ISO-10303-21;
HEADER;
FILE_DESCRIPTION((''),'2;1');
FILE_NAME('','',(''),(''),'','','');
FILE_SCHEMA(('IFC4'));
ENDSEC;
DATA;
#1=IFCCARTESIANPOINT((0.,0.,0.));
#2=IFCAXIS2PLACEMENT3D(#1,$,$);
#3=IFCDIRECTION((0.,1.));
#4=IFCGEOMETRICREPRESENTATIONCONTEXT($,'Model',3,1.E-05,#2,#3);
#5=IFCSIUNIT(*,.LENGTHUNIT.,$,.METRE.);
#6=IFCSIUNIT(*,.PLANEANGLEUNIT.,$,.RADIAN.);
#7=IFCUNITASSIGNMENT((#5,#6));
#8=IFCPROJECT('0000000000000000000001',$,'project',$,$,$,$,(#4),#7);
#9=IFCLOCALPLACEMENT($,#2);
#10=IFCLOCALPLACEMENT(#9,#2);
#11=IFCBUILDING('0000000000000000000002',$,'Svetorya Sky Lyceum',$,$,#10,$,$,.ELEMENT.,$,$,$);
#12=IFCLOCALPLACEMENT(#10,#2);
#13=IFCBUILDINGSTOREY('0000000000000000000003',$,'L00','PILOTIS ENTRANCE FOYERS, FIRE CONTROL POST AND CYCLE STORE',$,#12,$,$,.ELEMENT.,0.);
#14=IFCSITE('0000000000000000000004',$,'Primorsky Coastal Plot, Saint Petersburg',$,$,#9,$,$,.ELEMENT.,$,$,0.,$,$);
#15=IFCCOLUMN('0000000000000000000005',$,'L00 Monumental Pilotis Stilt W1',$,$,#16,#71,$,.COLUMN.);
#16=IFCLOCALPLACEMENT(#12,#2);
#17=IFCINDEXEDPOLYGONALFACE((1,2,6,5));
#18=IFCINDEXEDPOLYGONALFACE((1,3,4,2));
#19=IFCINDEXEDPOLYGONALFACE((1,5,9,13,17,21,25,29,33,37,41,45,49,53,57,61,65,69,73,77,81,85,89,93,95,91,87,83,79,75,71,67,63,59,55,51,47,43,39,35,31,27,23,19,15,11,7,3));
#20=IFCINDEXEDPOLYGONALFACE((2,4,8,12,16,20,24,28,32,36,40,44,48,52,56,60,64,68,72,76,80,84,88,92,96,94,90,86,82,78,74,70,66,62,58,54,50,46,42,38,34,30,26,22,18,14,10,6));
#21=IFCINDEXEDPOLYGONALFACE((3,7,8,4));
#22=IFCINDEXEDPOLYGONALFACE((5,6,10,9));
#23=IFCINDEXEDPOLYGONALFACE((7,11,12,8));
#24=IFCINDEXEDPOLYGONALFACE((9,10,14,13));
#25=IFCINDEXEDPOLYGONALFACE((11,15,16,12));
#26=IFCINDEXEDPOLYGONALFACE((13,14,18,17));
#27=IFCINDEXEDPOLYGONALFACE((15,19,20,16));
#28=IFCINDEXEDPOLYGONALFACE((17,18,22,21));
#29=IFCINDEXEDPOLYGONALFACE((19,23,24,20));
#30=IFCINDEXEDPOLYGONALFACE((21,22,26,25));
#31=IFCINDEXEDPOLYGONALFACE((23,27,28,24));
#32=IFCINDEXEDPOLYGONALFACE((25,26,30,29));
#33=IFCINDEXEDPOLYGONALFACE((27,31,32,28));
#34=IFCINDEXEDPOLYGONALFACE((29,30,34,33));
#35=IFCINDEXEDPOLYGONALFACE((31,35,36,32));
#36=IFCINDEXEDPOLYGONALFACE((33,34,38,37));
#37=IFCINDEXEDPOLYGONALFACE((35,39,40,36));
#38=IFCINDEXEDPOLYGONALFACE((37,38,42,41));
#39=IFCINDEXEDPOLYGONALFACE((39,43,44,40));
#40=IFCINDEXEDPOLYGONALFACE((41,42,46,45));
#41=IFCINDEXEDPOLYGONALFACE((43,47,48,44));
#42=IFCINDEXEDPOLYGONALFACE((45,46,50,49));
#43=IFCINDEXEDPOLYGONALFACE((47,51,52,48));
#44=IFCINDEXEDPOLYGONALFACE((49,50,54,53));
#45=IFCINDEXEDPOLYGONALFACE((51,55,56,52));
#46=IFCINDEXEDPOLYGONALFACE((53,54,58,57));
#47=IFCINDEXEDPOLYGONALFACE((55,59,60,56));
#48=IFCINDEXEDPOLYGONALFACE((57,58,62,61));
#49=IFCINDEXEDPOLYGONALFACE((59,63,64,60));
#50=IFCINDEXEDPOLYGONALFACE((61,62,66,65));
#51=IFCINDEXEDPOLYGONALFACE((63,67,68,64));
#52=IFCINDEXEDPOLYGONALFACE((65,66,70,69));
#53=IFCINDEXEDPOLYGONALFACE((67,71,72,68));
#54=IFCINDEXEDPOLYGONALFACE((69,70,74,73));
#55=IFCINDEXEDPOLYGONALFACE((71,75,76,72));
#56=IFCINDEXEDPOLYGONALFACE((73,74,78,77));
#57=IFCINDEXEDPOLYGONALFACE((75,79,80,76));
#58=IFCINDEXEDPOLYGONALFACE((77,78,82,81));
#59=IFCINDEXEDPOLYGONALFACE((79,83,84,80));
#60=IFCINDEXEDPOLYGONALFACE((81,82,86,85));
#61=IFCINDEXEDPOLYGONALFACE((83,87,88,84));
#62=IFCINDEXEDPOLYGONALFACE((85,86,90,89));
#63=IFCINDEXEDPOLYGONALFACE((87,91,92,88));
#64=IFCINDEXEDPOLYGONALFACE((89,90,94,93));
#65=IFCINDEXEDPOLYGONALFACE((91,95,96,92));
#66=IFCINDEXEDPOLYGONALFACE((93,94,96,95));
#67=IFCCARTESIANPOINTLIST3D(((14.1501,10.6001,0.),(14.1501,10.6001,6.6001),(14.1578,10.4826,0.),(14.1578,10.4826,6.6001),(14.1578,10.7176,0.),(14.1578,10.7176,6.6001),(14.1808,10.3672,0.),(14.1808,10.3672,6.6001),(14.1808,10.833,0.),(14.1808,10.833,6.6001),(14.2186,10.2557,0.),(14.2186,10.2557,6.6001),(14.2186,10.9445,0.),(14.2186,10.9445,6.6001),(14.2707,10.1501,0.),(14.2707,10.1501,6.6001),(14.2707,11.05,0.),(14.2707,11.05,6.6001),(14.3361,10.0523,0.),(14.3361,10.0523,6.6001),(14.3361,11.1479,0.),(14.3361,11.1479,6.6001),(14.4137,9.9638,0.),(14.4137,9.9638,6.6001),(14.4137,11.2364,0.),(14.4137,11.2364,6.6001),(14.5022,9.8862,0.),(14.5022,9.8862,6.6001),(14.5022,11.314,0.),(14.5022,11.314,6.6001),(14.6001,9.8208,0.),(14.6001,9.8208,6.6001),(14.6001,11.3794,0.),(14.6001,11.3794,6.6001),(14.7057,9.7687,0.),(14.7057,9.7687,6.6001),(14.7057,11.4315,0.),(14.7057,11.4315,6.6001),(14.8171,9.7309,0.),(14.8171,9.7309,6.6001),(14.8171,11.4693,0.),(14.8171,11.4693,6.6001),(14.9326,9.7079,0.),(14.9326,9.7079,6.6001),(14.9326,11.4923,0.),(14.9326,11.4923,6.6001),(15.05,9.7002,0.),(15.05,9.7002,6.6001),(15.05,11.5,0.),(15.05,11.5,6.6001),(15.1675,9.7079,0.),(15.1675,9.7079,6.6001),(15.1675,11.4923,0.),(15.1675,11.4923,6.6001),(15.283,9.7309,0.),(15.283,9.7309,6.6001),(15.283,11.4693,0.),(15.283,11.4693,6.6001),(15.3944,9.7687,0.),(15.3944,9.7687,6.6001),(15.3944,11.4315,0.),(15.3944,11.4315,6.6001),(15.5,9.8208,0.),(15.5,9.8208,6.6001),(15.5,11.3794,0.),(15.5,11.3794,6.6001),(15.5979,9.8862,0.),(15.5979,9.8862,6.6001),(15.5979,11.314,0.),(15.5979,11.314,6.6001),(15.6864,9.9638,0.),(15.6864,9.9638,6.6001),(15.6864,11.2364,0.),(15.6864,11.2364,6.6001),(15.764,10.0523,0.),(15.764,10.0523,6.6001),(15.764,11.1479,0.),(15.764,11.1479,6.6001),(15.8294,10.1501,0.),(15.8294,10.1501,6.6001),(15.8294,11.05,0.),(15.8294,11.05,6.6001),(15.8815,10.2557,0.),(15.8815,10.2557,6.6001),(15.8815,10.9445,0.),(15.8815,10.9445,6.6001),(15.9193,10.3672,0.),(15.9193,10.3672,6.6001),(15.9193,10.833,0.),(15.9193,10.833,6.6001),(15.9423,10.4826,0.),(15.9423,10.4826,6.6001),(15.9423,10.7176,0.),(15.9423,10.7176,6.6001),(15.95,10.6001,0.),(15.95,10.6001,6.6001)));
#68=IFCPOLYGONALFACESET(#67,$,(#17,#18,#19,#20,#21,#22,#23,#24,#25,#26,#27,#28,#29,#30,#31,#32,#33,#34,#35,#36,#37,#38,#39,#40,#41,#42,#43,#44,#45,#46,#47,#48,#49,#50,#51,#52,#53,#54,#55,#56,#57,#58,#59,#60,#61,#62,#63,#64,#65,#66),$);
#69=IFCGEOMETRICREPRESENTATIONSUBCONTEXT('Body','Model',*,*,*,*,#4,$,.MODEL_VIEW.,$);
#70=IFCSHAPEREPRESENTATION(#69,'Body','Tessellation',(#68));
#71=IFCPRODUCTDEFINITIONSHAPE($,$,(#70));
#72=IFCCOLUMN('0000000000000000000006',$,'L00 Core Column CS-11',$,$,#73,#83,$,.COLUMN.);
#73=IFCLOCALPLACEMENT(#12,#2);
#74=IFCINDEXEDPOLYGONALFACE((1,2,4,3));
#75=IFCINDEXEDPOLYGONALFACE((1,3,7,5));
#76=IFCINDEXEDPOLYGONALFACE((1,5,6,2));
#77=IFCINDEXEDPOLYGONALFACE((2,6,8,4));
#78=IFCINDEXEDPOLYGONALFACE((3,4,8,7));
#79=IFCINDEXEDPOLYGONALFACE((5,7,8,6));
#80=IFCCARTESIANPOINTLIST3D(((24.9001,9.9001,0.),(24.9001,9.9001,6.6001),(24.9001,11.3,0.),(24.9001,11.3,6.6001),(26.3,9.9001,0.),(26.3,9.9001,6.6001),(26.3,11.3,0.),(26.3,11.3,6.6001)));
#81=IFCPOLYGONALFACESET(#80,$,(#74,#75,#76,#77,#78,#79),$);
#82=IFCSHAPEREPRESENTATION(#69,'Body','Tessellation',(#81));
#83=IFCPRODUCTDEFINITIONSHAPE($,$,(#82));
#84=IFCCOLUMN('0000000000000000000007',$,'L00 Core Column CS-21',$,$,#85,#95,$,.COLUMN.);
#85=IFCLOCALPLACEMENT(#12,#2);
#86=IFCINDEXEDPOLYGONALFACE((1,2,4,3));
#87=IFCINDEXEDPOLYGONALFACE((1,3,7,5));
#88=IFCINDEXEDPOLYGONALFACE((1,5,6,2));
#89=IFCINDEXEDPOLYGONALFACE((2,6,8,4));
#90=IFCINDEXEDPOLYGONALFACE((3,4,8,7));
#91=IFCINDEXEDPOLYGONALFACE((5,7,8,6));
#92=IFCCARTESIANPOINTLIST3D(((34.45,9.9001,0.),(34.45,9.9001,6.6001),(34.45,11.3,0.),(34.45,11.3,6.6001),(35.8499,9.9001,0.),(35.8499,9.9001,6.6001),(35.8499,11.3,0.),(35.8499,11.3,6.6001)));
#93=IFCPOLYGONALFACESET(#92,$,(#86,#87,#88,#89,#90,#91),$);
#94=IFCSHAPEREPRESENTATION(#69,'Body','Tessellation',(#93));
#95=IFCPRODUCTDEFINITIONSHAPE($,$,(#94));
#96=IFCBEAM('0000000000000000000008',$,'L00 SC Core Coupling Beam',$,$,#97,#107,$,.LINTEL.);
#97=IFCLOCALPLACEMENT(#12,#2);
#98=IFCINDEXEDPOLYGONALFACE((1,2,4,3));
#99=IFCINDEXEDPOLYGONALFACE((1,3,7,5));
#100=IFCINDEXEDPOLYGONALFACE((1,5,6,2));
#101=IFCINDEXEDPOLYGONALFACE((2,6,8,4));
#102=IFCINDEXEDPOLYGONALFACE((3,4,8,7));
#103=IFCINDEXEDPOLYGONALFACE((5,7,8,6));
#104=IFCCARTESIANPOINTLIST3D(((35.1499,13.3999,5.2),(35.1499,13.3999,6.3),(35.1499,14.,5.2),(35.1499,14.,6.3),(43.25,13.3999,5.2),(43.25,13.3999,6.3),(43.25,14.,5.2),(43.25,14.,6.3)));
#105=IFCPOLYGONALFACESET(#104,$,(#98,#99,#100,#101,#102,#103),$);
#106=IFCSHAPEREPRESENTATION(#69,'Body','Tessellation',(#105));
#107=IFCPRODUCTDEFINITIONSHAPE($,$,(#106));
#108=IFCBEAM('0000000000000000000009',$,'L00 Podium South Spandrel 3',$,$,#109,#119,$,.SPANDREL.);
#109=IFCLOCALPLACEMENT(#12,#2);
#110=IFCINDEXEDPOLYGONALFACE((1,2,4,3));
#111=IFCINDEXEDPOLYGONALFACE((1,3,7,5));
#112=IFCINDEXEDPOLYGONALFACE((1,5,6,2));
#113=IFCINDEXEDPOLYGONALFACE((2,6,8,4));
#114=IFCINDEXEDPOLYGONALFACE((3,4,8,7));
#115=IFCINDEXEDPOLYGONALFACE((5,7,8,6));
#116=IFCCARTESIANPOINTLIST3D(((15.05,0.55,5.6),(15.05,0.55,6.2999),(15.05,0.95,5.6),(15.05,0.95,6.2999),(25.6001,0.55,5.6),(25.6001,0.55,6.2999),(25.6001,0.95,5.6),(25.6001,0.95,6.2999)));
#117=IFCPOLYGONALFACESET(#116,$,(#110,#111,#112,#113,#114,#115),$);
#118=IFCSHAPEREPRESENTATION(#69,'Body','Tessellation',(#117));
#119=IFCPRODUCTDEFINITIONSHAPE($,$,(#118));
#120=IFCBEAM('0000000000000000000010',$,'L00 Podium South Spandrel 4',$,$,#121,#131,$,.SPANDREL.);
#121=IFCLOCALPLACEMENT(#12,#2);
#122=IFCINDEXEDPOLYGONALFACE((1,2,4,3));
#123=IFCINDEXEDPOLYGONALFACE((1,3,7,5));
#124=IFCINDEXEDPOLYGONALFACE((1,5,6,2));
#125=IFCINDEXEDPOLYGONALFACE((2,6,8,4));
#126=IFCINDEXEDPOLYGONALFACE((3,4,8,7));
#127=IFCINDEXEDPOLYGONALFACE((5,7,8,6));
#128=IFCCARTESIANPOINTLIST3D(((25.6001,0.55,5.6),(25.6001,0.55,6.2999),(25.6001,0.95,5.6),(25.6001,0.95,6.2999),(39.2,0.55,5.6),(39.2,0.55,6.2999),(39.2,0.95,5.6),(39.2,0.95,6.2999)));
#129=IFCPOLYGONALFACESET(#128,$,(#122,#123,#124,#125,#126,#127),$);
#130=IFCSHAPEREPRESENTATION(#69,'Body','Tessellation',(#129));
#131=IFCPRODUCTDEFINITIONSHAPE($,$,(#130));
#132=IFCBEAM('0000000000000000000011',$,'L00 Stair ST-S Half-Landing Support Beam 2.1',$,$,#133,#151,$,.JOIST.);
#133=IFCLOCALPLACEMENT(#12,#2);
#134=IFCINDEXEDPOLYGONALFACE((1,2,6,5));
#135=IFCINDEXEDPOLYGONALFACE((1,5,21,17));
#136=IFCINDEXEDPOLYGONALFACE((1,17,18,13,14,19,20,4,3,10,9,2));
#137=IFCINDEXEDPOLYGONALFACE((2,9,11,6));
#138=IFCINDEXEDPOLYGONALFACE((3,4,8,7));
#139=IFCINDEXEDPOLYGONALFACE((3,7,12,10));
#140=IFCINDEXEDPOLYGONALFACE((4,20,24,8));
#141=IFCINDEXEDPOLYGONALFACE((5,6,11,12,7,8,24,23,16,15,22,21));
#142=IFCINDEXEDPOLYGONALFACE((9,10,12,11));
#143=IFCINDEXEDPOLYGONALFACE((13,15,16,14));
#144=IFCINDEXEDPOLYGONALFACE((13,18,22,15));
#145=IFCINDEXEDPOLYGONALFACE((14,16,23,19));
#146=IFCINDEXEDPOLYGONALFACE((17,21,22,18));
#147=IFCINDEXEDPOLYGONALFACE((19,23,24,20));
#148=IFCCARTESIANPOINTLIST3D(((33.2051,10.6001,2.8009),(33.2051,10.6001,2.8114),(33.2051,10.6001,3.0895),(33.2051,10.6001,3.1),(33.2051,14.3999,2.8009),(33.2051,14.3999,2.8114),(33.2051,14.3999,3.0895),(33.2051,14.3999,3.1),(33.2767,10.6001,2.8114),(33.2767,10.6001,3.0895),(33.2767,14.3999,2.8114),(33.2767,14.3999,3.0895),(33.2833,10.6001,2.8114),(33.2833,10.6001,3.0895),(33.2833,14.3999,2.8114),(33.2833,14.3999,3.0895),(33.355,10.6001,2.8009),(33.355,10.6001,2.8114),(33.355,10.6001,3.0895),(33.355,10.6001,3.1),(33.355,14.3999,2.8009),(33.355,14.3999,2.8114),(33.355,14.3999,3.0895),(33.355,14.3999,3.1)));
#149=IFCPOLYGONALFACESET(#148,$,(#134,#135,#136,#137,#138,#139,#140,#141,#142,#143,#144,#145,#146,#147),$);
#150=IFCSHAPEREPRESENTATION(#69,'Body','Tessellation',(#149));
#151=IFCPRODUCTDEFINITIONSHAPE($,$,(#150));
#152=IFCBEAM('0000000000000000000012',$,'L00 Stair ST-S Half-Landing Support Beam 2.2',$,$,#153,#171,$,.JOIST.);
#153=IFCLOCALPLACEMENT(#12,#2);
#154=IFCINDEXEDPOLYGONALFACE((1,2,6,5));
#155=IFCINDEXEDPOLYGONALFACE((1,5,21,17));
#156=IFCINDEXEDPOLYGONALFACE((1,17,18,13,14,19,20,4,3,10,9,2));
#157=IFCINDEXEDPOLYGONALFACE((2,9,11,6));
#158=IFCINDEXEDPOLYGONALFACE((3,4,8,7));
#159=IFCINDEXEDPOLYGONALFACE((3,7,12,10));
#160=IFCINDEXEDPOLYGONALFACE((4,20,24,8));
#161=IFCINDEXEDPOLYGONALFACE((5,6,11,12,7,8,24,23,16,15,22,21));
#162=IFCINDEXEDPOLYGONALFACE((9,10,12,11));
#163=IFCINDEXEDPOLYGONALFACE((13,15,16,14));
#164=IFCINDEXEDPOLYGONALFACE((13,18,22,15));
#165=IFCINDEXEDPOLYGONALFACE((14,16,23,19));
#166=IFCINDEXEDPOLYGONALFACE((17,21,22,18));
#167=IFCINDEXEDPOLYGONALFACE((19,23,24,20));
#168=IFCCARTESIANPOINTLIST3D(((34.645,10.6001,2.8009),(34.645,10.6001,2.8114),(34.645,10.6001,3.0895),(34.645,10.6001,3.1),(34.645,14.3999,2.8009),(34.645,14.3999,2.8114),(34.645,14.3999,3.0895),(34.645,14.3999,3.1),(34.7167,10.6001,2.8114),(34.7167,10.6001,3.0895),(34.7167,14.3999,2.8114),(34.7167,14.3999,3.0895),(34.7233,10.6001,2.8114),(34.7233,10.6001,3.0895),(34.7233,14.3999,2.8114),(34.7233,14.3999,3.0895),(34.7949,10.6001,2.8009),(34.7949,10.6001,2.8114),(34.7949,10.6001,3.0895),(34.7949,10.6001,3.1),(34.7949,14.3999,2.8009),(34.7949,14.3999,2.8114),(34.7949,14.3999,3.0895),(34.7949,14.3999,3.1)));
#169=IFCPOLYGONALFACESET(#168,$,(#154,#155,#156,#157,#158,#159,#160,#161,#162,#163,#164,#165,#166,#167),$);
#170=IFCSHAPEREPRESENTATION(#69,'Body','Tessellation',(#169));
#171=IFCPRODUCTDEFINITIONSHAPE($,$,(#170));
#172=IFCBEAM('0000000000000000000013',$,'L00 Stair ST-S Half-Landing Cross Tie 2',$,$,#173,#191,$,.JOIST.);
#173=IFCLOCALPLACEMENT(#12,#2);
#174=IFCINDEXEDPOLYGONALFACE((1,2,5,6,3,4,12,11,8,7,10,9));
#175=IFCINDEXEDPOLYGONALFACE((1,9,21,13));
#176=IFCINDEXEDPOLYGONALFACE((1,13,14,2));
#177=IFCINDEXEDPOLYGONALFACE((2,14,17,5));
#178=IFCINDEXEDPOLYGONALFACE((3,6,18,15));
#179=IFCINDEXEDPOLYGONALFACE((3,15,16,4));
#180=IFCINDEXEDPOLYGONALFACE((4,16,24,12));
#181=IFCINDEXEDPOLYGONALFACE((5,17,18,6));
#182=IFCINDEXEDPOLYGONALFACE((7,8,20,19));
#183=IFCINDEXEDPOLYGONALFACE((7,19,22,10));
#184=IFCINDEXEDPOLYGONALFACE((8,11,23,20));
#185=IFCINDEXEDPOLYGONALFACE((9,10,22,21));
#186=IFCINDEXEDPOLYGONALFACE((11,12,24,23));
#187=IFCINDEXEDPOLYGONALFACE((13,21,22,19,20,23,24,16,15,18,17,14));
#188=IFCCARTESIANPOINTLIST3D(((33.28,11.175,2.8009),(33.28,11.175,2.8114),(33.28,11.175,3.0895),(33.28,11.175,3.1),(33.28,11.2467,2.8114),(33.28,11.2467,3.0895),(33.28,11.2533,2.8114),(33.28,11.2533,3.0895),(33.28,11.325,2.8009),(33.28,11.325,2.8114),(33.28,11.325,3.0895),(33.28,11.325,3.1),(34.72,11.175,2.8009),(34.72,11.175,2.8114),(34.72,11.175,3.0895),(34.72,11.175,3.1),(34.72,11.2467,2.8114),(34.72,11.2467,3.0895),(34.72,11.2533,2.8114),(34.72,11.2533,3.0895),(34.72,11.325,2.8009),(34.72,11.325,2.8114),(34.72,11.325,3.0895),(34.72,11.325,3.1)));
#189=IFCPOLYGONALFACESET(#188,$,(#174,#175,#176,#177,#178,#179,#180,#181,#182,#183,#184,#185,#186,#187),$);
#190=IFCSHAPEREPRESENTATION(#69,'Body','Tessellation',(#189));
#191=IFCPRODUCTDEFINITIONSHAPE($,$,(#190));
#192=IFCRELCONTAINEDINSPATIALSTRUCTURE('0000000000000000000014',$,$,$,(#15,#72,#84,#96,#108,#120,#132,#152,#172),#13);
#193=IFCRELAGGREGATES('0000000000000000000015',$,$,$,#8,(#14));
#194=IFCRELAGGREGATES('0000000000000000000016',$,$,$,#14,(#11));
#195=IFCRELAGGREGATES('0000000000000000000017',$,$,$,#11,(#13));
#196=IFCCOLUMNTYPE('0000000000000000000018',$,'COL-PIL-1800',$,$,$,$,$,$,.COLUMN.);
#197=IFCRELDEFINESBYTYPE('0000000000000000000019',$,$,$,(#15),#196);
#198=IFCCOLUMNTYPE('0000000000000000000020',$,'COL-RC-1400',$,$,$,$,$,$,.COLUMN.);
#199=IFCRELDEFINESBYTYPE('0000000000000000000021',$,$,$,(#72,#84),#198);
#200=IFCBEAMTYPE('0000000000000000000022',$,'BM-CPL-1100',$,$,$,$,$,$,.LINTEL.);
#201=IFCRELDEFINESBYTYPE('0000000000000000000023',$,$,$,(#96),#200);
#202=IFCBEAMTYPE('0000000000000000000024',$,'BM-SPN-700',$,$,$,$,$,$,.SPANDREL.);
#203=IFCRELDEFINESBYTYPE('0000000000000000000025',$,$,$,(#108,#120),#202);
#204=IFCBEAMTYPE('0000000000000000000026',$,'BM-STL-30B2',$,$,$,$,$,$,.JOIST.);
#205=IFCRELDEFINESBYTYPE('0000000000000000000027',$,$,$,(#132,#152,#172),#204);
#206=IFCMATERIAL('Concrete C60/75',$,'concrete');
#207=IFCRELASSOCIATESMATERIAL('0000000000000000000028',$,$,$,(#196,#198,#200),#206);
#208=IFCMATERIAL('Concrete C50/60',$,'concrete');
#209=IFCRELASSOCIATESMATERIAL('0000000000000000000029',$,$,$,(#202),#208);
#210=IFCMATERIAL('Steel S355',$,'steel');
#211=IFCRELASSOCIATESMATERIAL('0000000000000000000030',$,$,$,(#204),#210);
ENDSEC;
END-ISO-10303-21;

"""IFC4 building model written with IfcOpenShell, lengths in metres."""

from ifc_helpers import new_model, si_unit, direction, frame, origin, origin_2d, place, context, subcontext, project, spatial, rectangle, circle, i_section, extrude, material, material_profile, profile_set, type_object, element, save


model = new_model("IFC4")

# Units and contexts
model_context = context("Model", 3, precision=1e-05, world=origin(), true_north=direction((0.0, 1.0)))
body_context = subcontext(model_context, "Body", "Model", "MODEL_VIEW")
ifc_project = project(units=[si_unit("LENGTHUNIT", "METRE"), si_unit("PLANEANGLEUNIT", "RADIAN")], contexts=[model_context])

# Site, building, storey
site_placement = place(None, origin())
site = spatial("IfcSite", under=ifc_project, at=site_placement, Name="Primorsky Coastal Plot, Saint Petersburg", CompositionType="ELEMENT", RefElevation=0.0)
building_placement = place(site_placement, origin())
building = spatial("IfcBuilding", under=site, at=building_placement, Name="Svetorya Sky Lyceum", CompositionType="ELEMENT")
storey_placement = place(building_placement, origin())
storey = spatial("IfcBuildingStorey", under=building, at=storey_placement, Name="L00", Description="PILOTIS ENTRANCE FOYERS, FIRE CONTROL POST AND CYCLE STORE", CompositionType="ELEMENT", Elevation=0.0)

# Columns
ifc_material_1 = material(Name="Concrete C60/75", Category="concrete")
ifc_material_profile_1 = material_profile(ifc_material_1, circle(Radius=0.8999, at=origin_2d()), Name="RC PILOTI D1800")
ifc_profile_set_1 = profile_set([ifc_material_profile_1], Name="Concrete C60/75")
column_type_1 = type_object("IfcColumnType", Name="COL-PIL-1800", PredefinedType="COLUMN", material=ifc_profile_set_1)
for number, where, z_axis, x_axis, name in (
    (1, (15.05, 10.6001, 0.0), (0.0, 0.0, 1.0), (1.0, 0.0, 0.0), "L00 Monumental Pilotis Stilt W1"),
):
    element("IfcColumn", number, at=place(storey_placement, frame(where, z_axis=z_axis, x_axis=x_axis)), inside=storey, type_object=column_type_1, Name=name, PredefinedType="COLUMN", context=body_context, shape_type="SweptSolid", body=[
        extrude(circle(Radius=0.8999, at=origin_2d()), origin(), (0.0, 0.0, 1.0), 6.6001),
    ])
ifc_material_profile_2 = material_profile(ifc_material_1, rectangle(XDim=1.3999, YDim=1.3999, at=origin_2d()), Name="RC COL 1400x1400")
ifc_profile_set_2 = profile_set([ifc_material_profile_2], Name="Concrete C60/75")
column_type_2 = type_object("IfcColumnType", Name="COL-RC-1400", PredefinedType="COLUMN", material=ifc_profile_set_2)
for number, where, z_axis, x_axis, name in (
    (2, (25.6001, 10.6001, 0.0), (0.0, 0.0, 1.0), (1.0, 0.0, 0.0), "L00 Core Column CS-11"),
    (3, (35.1499, 10.6001, 0.0), (0.0, 0.0, 1.0), (1.0, 0.0, 0.0), "L00 Core Column CS-21"),
):
    element("IfcColumn", number, at=place(storey_placement, frame(where, z_axis=z_axis, x_axis=x_axis)), inside=storey, type_object=column_type_2, Name=name, PredefinedType="COLUMN", context=body_context, shape_type="SweptSolid", body=[
        extrude(rectangle(XDim=1.3999, YDim=1.3999, at=origin_2d()), origin(), (0.0, 0.0, 1.0), 6.6001),
    ])

# Beams
ifc_material_profile_3 = material_profile(ifc_material_1, rectangle(XDim=0.6001, YDim=1.1001, at=origin_2d()), Name="RC COUPLING 600x1100")
ifc_profile_set_3 = profile_set([ifc_material_profile_3], Name="Concrete C60/75")
beam_type_1 = type_object("IfcBeamType", Name="BM-CPL-1100", PredefinedType="LINTEL", material=ifc_profile_set_3)
beam_1_placement = place(storey_placement, frame((35.1499, 13.7, 5.75), z_axis=(1.0, 0.0, 0.0), x_axis=(0.0, 1.0, 0.0)))
element("IfcBeam", 4, at=beam_1_placement, inside=storey, type_object=beam_type_1, Name="L00 SC Core Coupling Beam", PredefinedType="LINTEL", context=body_context, shape_type="SweptSolid", body=[
    extrude(rectangle(XDim=0.6001, YDim=1.1001, at=origin_2d()), origin(), (0.0, 0.0, 1.0), 8.1001),
])
ifc_material_2 = material(Name="Concrete C50/60", Category="concrete")
ifc_material_profile_4 = material_profile(ifc_material_2, rectangle(XDim=0.3999, YDim=0.7, at=origin_2d()), Name="RC SPANDREL 400x700")
ifc_profile_set_4 = profile_set([ifc_material_profile_4], Name="Concrete C50/60")
beam_type_2 = type_object("IfcBeamType", Name="BM-SPN-700", PredefinedType="SPANDREL", material=ifc_profile_set_4)
beam_2_placement = place(storey_placement, frame((15.05, 0.75, 5.95), z_axis=(1.0, 0.0, 0.0), x_axis=(0.0, 1.0, 0.0)))
element("IfcBeam", 5, at=beam_2_placement, inside=storey, type_object=beam_type_2, Name="L00 Podium South Spandrel 3", PredefinedType="SPANDREL", context=body_context, shape_type="SweptSolid", body=[
    extrude(rectangle(XDim=0.3999, YDim=0.7, at=origin_2d()), origin(), (0.0, 0.0, 1.0), 10.55),
])
beam_3_placement = place(storey_placement, frame((25.6001, 0.75, 5.95), z_axis=(1.0, 0.0, 0.0), x_axis=(0.0, 1.0, 0.0)))
element("IfcBeam", 6, at=beam_3_placement, inside=storey, type_object=beam_type_2, Name="L00 Podium South Spandrel 4", PredefinedType="SPANDREL", context=body_context, shape_type="SweptSolid", body=[
    extrude(rectangle(XDim=0.3999, YDim=0.7, at=origin_2d()), origin(), (0.0, 0.0, 1.0), 13.5999),
])
ifc_material_3 = material(Name="Steel S355", Category="steel")
ifc_material_profile_5 = material_profile(ifc_material_3, i_section(OverallWidth=0.1499, OverallDepth=0.2991, WebThickness=0.0066, FlangeThickness=0.0105, at=origin_2d()), Name="GOST 30B2")
ifc_profile_set_5 = profile_set([ifc_material_profile_5], Name="Steel S355")
beam_type_3 = type_object("IfcBeamType", Name="BM-STL-30B2", PredefinedType="JOIST", material=ifc_profile_set_5)
for number, where, z_axis, x_axis, name in (
    (7, (33.28, 10.6001, 2.9504), (0.0, 1.0, 0.0), (-1.0, 0.0, 0.0), "L00 Stair ST-S Half-Landing Support Beam 2.1"),
    (8, (34.72, 10.6001, 2.9504), (0.0, 1.0, 0.0), (-1.0, 0.0, 0.0), "L00 Stair ST-S Half-Landing Support Beam 2.2"),
):
    element("IfcBeam", number, at=place(storey_placement, frame(where, z_axis=z_axis, x_axis=x_axis)), inside=storey, type_object=beam_type_3, Name=name, PredefinedType="JOIST", context=body_context, shape_type="SweptSolid", body=[
        extrude(i_section(OverallWidth=0.1499, OverallDepth=0.2991, WebThickness=0.0066, FlangeThickness=0.0105, at=origin_2d()), origin(), (0.0, 0.0, 1.0), 3.7998),
    ])
beam_4_placement = place(storey_placement, frame((33.28, 11.25, 2.9504), z_axis=(1.0, 0.0, 0.0), x_axis=(0.0, 1.0, 0.0)))
element("IfcBeam", 9, at=beam_4_placement, inside=storey, type_object=beam_type_3, Name="L00 Stair ST-S Half-Landing Cross Tie 2", PredefinedType="JOIST", context=body_context, shape_type="SweptSolid", body=[
    extrude(i_section(OverallWidth=0.1499, OverallDepth=0.2991, WebThickness=0.0066, FlangeThickness=0.0105, at=origin_2d()), origin(), (0.0, 0.0, 1.0), 1.4399),
])

save(model, "model.ifc")
